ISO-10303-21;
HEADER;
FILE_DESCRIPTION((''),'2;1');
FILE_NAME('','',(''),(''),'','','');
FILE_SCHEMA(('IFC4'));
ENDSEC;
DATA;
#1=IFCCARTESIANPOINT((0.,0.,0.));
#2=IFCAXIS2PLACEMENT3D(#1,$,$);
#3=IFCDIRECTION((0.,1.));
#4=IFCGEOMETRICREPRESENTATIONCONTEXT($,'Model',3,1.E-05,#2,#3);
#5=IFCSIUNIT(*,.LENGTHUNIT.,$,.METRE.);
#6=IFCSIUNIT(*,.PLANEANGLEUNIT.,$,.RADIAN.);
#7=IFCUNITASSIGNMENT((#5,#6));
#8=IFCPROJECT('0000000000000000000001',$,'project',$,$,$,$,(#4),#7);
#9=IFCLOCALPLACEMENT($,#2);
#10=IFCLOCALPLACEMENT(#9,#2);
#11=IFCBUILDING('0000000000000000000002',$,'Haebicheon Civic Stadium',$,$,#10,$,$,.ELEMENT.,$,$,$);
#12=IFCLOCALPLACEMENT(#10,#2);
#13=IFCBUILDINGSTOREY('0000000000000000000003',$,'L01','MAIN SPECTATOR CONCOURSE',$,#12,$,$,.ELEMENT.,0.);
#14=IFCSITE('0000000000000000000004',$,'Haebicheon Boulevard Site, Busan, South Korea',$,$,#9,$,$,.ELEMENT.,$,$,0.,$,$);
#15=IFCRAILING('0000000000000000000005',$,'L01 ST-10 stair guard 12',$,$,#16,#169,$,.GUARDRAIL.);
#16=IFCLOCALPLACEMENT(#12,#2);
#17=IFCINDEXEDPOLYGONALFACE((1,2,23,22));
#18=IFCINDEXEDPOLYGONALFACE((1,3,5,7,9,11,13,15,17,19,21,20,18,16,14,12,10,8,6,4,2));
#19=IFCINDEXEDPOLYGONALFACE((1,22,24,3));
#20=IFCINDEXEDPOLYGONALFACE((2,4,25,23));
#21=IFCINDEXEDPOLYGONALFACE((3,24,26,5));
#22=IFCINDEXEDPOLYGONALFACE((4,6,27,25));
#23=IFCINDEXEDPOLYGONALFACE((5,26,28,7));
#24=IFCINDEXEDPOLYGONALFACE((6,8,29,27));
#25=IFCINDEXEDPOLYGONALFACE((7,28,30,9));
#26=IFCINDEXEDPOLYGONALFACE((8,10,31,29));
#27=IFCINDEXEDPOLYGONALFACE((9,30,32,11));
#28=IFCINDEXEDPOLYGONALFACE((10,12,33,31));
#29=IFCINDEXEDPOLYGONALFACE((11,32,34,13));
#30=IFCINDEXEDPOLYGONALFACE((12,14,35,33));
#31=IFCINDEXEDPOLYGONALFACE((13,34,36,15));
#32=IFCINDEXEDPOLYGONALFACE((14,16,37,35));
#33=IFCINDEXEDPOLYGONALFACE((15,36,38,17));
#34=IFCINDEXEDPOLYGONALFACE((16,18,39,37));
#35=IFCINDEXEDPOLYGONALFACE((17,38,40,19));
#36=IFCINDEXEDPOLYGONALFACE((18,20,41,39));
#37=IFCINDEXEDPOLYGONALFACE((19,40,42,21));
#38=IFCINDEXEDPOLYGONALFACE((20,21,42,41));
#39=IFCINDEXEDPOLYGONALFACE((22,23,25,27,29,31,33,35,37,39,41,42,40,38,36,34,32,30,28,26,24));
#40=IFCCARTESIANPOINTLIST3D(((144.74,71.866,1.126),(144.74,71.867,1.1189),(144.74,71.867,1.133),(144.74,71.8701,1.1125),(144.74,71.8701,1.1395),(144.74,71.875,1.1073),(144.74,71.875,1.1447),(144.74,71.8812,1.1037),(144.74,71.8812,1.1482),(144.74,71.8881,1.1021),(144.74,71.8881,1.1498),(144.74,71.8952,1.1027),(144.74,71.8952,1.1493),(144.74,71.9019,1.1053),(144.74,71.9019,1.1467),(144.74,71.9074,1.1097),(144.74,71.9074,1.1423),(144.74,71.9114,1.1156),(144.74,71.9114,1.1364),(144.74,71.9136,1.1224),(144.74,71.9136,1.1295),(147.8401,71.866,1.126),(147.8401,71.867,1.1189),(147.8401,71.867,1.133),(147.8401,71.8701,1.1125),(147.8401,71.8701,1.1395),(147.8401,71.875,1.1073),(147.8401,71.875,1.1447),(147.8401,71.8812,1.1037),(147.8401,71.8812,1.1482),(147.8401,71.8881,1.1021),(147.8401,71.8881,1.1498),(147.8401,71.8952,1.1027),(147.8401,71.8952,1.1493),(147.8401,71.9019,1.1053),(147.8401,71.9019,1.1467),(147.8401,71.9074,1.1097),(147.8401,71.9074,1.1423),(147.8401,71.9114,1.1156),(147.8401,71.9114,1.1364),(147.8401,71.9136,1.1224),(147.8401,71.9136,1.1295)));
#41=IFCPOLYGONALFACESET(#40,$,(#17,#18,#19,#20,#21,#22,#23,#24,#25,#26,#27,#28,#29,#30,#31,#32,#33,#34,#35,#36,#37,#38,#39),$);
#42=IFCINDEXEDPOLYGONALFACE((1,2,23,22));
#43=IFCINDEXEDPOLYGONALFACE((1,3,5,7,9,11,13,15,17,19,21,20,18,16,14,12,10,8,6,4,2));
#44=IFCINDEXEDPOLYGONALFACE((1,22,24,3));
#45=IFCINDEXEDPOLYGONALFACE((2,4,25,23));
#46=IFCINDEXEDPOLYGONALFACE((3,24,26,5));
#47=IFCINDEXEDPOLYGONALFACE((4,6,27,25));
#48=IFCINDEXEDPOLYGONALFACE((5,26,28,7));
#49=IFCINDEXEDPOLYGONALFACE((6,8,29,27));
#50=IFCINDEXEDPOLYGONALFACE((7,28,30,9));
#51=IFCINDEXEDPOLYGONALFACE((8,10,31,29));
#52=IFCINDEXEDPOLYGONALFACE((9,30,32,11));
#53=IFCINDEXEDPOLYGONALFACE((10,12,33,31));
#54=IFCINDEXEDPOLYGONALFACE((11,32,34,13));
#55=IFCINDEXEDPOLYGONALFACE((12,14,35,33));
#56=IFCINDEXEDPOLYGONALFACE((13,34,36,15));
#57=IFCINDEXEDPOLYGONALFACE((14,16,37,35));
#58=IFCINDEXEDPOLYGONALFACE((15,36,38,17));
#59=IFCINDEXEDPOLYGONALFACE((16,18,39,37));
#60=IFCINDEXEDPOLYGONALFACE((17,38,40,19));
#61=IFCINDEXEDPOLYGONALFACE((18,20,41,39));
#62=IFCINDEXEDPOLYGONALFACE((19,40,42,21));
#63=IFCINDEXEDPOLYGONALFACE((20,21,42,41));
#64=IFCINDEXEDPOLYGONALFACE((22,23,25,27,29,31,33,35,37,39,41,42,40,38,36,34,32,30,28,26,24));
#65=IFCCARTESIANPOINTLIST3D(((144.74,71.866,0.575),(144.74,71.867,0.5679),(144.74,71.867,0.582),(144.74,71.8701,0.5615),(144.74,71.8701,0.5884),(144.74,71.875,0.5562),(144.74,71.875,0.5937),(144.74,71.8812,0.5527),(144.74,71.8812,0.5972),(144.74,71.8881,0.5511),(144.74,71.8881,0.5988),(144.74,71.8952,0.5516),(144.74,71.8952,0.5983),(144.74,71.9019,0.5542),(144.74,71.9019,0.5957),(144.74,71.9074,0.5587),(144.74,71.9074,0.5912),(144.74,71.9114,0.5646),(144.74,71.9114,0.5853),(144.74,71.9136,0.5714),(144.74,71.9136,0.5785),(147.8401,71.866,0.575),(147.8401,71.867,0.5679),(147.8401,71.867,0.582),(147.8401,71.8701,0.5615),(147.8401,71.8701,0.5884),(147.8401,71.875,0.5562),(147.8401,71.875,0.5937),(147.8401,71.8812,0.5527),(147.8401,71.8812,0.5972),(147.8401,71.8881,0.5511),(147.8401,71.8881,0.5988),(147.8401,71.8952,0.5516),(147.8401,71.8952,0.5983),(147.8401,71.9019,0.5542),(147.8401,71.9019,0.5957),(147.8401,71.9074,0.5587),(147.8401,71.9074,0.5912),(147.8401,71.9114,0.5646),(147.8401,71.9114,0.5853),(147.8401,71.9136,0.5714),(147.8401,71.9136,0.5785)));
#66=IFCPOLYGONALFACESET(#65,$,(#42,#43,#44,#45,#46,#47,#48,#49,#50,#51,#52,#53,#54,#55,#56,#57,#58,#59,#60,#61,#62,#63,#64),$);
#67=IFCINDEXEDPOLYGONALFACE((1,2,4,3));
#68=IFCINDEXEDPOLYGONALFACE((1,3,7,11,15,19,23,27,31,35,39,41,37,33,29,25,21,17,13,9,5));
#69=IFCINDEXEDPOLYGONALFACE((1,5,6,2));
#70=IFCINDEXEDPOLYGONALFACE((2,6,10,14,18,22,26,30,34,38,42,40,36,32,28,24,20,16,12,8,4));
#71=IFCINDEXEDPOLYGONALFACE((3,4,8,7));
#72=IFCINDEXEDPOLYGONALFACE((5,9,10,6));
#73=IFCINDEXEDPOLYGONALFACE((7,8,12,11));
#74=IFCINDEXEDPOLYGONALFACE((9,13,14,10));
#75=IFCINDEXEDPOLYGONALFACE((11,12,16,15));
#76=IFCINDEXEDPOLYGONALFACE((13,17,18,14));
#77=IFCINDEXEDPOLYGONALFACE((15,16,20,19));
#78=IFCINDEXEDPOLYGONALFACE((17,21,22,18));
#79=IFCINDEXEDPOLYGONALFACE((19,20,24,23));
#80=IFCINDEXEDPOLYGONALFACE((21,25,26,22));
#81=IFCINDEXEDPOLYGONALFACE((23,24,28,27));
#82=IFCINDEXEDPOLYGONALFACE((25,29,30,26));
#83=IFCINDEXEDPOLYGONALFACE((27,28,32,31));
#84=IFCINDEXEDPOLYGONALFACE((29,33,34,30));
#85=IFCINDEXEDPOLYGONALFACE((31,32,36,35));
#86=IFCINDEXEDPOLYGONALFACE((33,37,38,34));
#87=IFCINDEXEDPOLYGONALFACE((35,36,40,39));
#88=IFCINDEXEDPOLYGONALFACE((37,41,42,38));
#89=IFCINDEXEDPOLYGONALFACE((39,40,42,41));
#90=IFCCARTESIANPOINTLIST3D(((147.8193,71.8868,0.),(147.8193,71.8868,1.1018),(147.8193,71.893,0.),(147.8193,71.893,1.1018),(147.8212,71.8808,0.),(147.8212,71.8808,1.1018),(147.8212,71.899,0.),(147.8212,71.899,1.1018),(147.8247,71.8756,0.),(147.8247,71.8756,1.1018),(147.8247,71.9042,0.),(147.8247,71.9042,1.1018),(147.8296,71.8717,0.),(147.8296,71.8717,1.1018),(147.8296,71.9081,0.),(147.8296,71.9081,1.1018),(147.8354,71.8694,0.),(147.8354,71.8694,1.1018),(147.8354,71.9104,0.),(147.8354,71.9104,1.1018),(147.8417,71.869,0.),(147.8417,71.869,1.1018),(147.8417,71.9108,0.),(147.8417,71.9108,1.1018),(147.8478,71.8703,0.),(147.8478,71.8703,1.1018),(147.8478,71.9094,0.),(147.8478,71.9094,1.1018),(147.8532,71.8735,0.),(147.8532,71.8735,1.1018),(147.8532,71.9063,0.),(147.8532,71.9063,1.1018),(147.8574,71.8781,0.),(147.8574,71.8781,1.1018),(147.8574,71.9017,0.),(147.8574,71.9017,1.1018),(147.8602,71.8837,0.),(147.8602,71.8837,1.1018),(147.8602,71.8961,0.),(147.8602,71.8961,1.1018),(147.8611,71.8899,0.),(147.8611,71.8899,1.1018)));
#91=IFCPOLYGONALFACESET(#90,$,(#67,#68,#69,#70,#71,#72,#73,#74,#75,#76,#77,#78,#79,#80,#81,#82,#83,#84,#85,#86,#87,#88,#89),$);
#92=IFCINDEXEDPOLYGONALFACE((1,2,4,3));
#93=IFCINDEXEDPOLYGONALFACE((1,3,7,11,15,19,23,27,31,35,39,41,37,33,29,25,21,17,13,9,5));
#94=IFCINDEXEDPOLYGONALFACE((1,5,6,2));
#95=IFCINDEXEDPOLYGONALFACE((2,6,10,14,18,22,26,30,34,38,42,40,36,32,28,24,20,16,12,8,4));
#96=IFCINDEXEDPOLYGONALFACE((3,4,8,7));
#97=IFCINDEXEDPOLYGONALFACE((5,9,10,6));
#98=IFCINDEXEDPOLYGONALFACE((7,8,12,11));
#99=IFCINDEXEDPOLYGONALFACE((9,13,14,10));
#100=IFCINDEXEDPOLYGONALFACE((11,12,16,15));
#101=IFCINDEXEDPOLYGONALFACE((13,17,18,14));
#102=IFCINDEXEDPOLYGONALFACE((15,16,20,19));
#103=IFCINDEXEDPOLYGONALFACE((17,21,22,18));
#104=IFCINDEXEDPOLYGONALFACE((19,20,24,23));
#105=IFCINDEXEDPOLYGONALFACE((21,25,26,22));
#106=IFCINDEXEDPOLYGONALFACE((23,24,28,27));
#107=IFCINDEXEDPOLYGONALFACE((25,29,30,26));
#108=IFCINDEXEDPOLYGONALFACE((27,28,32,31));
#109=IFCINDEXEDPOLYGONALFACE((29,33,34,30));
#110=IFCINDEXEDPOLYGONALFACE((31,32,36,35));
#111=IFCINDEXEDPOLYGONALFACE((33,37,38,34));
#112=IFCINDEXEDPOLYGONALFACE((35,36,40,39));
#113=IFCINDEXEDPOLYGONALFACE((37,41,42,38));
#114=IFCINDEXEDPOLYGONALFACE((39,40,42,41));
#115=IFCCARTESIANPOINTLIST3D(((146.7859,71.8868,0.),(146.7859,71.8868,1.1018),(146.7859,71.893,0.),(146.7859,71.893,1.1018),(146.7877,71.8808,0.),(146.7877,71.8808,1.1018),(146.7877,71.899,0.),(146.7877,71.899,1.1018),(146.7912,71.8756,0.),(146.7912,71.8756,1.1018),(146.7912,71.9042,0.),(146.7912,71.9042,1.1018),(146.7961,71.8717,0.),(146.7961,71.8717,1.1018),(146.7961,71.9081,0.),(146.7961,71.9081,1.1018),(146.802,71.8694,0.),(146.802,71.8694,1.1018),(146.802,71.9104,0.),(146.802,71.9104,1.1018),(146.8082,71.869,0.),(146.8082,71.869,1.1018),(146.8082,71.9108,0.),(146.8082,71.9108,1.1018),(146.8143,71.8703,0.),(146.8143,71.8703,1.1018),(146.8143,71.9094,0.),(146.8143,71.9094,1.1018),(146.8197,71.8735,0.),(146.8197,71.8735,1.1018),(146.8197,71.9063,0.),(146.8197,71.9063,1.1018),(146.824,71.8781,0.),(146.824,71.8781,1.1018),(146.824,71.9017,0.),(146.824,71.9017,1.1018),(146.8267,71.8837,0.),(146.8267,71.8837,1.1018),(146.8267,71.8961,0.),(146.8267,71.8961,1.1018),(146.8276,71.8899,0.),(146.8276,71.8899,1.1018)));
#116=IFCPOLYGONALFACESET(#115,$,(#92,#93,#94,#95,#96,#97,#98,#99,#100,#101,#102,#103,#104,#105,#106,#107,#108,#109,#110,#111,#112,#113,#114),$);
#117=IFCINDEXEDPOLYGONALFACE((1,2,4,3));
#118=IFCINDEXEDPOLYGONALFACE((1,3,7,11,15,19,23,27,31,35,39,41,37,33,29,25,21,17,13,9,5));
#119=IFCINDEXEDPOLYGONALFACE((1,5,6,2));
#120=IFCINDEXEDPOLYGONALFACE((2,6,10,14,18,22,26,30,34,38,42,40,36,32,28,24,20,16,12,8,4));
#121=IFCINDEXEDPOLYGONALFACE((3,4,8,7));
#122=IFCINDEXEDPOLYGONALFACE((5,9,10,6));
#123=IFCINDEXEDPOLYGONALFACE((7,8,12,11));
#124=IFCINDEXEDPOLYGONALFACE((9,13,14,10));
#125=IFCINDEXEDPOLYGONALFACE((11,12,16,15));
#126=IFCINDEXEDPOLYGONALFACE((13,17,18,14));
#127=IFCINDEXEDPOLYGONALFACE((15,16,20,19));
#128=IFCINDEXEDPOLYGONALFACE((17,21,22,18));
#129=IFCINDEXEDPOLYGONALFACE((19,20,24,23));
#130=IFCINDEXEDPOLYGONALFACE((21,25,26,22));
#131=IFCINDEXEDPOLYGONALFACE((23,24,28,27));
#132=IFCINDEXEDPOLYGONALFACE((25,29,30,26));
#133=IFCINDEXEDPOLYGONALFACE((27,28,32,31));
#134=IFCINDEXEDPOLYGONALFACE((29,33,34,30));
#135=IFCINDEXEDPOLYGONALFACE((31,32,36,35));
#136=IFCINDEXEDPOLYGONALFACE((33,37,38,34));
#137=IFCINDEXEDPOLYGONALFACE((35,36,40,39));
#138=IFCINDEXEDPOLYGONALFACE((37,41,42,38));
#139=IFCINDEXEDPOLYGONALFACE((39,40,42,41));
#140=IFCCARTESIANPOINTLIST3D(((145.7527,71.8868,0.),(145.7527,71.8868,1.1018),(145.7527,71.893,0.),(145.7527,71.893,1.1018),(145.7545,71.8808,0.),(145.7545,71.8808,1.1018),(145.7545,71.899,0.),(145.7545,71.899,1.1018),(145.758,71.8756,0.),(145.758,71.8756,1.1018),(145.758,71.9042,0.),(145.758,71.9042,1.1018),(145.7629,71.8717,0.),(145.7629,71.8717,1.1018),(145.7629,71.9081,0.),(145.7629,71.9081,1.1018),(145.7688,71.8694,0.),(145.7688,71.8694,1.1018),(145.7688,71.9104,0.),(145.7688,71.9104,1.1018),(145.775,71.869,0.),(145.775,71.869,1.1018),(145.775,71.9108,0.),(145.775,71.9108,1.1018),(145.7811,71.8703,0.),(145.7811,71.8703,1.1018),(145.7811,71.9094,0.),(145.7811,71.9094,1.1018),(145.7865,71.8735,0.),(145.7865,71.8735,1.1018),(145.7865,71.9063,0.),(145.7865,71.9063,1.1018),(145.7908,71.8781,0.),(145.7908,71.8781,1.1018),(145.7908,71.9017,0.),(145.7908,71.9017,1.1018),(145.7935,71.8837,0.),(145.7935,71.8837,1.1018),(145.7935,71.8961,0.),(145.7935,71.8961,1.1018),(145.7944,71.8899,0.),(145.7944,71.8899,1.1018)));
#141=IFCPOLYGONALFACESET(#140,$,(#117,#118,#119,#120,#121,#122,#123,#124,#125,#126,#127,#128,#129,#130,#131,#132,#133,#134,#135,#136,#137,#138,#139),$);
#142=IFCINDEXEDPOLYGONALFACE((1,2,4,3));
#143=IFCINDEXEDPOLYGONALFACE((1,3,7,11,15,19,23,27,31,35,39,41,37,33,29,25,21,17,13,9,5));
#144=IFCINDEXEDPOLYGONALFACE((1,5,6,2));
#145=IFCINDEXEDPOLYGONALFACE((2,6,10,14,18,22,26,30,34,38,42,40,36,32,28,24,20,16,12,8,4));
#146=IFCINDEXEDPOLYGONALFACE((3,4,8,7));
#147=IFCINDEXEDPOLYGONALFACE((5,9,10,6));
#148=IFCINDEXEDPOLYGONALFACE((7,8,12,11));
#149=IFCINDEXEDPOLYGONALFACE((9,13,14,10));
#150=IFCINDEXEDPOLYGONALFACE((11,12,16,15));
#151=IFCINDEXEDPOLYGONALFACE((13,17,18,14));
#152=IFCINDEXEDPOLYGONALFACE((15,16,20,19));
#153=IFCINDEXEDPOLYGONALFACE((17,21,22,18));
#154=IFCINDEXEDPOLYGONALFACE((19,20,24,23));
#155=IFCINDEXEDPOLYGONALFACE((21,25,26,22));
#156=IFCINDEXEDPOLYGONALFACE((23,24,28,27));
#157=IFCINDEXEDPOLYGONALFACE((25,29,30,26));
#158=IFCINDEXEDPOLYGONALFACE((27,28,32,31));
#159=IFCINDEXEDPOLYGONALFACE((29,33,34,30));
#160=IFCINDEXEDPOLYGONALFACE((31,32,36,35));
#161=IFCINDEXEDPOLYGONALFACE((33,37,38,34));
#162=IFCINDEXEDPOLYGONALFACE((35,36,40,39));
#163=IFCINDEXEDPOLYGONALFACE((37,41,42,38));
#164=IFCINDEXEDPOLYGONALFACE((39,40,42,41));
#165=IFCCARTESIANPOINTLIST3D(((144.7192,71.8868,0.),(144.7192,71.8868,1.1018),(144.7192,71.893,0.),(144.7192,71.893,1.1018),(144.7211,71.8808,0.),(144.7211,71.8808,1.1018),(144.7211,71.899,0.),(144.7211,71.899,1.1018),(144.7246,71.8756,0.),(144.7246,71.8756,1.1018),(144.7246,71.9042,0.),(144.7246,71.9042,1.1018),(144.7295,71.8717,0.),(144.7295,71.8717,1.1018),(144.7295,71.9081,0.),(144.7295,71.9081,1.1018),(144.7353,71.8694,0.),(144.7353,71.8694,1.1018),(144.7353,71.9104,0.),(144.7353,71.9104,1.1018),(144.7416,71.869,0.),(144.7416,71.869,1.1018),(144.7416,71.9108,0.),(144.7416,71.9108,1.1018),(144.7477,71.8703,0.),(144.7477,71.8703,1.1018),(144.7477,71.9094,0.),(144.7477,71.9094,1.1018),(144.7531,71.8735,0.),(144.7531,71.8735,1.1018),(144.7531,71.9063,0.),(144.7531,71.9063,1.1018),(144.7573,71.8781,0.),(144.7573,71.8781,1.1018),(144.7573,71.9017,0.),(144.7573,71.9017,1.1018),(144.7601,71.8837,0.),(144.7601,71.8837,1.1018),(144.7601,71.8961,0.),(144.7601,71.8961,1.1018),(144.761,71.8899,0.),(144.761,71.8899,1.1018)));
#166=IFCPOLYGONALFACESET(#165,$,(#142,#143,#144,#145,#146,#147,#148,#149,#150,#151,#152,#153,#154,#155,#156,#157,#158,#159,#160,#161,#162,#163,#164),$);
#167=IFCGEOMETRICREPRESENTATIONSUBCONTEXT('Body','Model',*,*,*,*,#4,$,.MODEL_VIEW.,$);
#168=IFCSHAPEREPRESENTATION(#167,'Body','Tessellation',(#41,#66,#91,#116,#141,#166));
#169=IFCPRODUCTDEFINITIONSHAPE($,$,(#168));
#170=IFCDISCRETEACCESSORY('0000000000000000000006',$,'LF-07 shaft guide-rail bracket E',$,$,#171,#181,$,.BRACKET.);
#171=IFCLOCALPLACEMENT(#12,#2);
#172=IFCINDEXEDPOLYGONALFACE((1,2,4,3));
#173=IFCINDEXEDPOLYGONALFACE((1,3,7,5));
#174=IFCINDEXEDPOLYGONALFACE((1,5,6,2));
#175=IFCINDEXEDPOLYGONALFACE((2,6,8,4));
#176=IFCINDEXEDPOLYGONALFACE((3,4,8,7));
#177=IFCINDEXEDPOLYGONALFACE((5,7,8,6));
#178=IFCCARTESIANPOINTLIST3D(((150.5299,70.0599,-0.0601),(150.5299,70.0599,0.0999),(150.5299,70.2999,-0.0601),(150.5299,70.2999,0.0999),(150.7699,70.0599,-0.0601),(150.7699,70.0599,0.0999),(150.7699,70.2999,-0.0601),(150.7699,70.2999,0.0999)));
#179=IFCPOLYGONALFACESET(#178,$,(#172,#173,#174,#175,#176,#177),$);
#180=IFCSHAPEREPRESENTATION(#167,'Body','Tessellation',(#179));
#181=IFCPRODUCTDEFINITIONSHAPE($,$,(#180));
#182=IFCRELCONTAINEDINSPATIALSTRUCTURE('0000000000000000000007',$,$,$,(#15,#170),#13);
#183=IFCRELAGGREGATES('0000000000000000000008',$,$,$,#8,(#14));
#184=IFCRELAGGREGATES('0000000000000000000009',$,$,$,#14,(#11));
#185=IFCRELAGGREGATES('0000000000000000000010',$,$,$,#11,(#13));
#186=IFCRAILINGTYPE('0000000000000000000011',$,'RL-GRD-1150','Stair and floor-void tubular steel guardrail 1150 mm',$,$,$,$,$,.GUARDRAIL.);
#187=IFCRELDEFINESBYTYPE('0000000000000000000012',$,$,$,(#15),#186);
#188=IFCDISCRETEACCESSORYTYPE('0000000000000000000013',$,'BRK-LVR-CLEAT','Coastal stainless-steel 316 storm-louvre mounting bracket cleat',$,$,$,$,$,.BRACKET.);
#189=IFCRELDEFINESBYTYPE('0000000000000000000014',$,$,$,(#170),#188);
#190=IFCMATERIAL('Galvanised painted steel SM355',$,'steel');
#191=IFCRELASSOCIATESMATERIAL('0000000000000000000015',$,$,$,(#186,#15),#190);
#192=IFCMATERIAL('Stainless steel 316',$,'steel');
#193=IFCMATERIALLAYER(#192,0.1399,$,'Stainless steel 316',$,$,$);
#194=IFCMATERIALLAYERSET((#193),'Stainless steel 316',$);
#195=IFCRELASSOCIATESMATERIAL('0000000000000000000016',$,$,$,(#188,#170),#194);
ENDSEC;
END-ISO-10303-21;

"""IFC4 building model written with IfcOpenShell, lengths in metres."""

from ifc_helpers import new_model, si_unit, direction, frame, origin, origin_2d, place, context, subcontext, project, spatial, rectangle, circle, extrude, material, layer, layer_set, type_object, element, save


model = new_model("IFC4")

# Units and contexts
model_context = context("Model", 3, precision=1e-05, world=origin(), true_north=direction((0.0, 1.0)))
body_context = subcontext(model_context, "Body", "Model", "MODEL_VIEW")
ifc_project = project(units=[si_unit("LENGTHUNIT", "METRE"), si_unit("PLANEANGLEUNIT", "RADIAN")], contexts=[model_context])

# Site, building, storey
site_placement = place(None, origin())
site = spatial("IfcSite", under=ifc_project, at=site_placement, Name="Haebicheon Boulevard Site, Busan, South Korea", CompositionType="ELEMENT", RefElevation=0.0)
building_placement = place(site_placement, origin())
building = spatial("IfcBuilding", under=site, at=building_placement, Name="Haebicheon Civic Stadium", CompositionType="ELEMENT")
storey_placement = place(building_placement, origin())
storey = spatial("IfcBuildingStorey", under=building, at=storey_placement, Name="L01", Description="MAIN SPECTATOR CONCOURSE", CompositionType="ELEMENT", Elevation=0.0)

# Railing
ifc_material_1 = material(Name="Galvanised painted steel SM355", Category="steel")
railing_type = type_object("IfcRailingType", Name="RL-GRD-1150", Description="Stair and floor-void tubular steel guardrail 1150 mm", PredefinedType="GUARDRAIL", material=ifc_material_1)
railing_1_placement = place(storey_placement, frame((147.8401, 71.8899, 0.0)))
element("IfcRailing", 1, at=railing_1_placement, inside=storey, type_object=railing_type, material=ifc_material_1, Name="L01 ST-10 stair guard 12", PredefinedType="GUARDRAIL", context=body_context, shape_type="SweptSolid", body=[
    extrude(circle(Radius=0.0239, at=origin_2d()), frame((0.0, 0.0, 1.126), z_axis=(-1.0, 0.0, 0.0), x_axis=(0.0, -1.0, 0.0)), (0.0, 0.0, 1.0), 3.1001),
    extrude(circle(Radius=0.0239, at=origin_2d()), frame((0.0, 0.0, 0.575), z_axis=(-1.0, 0.0, 0.0), x_axis=(0.0, -1.0, 0.0)), (0.0, 0.0, 1.0), 3.1001),
    extrude(circle(Radius=0.021, at=origin_2d()), origin(), (0.0, 0.0, 1.0), 1.1018),
    extrude(circle(Radius=0.021, at=origin_2d()), frame((-1.0334, 0.0, 0.0)), (0.0, 0.0, 1.0), 1.1018),
    extrude(circle(Radius=0.021, at=origin_2d()), frame((-2.0667, 0.0, 0.0)), (0.0, 0.0, 1.0), 1.1018),
    extrude(circle(Radius=0.021, at=origin_2d()), frame((-3.1001, 0.0, 0.0)), (0.0, 0.0, 1.0), 1.1018),
])

# Discrete accessory
ifc_material_2 = material(Name="Stainless steel 316", Category="steel")
ifc_layer_1 = layer(ifc_material_2, 0.1399, Name="Stainless steel 316")
ifc_layer_set_1 = layer_set([ifc_layer_1], Name="Stainless steel 316")
discrete_accessory_type = type_object("IfcDiscreteAccessoryType", Name="BRK-LVR-CLEAT", Description="Coastal stainless-steel 316 storm-louvre mounting bracket cleat", PredefinedType="BRACKET", material=ifc_layer_set_1)
discrete_accessory_placement = place(storey_placement, frame((150.6499, 70.1799, -0.0601), z_axis=(0.0, 0.0, 1.0), x_axis=(1.0, 0.0, 0.0)))
element("IfcDiscreteAccessory", 2, at=discrete_accessory_placement, inside=storey, type_object=discrete_accessory_type, material=ifc_layer_set_1, Name="LF-07 shaft guide-rail bracket E", PredefinedType="BRACKET", context=body_context, shape_type="SweptSolid", body=[
    extrude(rectangle(XDim=0.24, YDim=0.24, at=origin_2d()), origin(), (0.0, 0.0, 1.0), 0.1599),
])

save(model, "model.ifc")
